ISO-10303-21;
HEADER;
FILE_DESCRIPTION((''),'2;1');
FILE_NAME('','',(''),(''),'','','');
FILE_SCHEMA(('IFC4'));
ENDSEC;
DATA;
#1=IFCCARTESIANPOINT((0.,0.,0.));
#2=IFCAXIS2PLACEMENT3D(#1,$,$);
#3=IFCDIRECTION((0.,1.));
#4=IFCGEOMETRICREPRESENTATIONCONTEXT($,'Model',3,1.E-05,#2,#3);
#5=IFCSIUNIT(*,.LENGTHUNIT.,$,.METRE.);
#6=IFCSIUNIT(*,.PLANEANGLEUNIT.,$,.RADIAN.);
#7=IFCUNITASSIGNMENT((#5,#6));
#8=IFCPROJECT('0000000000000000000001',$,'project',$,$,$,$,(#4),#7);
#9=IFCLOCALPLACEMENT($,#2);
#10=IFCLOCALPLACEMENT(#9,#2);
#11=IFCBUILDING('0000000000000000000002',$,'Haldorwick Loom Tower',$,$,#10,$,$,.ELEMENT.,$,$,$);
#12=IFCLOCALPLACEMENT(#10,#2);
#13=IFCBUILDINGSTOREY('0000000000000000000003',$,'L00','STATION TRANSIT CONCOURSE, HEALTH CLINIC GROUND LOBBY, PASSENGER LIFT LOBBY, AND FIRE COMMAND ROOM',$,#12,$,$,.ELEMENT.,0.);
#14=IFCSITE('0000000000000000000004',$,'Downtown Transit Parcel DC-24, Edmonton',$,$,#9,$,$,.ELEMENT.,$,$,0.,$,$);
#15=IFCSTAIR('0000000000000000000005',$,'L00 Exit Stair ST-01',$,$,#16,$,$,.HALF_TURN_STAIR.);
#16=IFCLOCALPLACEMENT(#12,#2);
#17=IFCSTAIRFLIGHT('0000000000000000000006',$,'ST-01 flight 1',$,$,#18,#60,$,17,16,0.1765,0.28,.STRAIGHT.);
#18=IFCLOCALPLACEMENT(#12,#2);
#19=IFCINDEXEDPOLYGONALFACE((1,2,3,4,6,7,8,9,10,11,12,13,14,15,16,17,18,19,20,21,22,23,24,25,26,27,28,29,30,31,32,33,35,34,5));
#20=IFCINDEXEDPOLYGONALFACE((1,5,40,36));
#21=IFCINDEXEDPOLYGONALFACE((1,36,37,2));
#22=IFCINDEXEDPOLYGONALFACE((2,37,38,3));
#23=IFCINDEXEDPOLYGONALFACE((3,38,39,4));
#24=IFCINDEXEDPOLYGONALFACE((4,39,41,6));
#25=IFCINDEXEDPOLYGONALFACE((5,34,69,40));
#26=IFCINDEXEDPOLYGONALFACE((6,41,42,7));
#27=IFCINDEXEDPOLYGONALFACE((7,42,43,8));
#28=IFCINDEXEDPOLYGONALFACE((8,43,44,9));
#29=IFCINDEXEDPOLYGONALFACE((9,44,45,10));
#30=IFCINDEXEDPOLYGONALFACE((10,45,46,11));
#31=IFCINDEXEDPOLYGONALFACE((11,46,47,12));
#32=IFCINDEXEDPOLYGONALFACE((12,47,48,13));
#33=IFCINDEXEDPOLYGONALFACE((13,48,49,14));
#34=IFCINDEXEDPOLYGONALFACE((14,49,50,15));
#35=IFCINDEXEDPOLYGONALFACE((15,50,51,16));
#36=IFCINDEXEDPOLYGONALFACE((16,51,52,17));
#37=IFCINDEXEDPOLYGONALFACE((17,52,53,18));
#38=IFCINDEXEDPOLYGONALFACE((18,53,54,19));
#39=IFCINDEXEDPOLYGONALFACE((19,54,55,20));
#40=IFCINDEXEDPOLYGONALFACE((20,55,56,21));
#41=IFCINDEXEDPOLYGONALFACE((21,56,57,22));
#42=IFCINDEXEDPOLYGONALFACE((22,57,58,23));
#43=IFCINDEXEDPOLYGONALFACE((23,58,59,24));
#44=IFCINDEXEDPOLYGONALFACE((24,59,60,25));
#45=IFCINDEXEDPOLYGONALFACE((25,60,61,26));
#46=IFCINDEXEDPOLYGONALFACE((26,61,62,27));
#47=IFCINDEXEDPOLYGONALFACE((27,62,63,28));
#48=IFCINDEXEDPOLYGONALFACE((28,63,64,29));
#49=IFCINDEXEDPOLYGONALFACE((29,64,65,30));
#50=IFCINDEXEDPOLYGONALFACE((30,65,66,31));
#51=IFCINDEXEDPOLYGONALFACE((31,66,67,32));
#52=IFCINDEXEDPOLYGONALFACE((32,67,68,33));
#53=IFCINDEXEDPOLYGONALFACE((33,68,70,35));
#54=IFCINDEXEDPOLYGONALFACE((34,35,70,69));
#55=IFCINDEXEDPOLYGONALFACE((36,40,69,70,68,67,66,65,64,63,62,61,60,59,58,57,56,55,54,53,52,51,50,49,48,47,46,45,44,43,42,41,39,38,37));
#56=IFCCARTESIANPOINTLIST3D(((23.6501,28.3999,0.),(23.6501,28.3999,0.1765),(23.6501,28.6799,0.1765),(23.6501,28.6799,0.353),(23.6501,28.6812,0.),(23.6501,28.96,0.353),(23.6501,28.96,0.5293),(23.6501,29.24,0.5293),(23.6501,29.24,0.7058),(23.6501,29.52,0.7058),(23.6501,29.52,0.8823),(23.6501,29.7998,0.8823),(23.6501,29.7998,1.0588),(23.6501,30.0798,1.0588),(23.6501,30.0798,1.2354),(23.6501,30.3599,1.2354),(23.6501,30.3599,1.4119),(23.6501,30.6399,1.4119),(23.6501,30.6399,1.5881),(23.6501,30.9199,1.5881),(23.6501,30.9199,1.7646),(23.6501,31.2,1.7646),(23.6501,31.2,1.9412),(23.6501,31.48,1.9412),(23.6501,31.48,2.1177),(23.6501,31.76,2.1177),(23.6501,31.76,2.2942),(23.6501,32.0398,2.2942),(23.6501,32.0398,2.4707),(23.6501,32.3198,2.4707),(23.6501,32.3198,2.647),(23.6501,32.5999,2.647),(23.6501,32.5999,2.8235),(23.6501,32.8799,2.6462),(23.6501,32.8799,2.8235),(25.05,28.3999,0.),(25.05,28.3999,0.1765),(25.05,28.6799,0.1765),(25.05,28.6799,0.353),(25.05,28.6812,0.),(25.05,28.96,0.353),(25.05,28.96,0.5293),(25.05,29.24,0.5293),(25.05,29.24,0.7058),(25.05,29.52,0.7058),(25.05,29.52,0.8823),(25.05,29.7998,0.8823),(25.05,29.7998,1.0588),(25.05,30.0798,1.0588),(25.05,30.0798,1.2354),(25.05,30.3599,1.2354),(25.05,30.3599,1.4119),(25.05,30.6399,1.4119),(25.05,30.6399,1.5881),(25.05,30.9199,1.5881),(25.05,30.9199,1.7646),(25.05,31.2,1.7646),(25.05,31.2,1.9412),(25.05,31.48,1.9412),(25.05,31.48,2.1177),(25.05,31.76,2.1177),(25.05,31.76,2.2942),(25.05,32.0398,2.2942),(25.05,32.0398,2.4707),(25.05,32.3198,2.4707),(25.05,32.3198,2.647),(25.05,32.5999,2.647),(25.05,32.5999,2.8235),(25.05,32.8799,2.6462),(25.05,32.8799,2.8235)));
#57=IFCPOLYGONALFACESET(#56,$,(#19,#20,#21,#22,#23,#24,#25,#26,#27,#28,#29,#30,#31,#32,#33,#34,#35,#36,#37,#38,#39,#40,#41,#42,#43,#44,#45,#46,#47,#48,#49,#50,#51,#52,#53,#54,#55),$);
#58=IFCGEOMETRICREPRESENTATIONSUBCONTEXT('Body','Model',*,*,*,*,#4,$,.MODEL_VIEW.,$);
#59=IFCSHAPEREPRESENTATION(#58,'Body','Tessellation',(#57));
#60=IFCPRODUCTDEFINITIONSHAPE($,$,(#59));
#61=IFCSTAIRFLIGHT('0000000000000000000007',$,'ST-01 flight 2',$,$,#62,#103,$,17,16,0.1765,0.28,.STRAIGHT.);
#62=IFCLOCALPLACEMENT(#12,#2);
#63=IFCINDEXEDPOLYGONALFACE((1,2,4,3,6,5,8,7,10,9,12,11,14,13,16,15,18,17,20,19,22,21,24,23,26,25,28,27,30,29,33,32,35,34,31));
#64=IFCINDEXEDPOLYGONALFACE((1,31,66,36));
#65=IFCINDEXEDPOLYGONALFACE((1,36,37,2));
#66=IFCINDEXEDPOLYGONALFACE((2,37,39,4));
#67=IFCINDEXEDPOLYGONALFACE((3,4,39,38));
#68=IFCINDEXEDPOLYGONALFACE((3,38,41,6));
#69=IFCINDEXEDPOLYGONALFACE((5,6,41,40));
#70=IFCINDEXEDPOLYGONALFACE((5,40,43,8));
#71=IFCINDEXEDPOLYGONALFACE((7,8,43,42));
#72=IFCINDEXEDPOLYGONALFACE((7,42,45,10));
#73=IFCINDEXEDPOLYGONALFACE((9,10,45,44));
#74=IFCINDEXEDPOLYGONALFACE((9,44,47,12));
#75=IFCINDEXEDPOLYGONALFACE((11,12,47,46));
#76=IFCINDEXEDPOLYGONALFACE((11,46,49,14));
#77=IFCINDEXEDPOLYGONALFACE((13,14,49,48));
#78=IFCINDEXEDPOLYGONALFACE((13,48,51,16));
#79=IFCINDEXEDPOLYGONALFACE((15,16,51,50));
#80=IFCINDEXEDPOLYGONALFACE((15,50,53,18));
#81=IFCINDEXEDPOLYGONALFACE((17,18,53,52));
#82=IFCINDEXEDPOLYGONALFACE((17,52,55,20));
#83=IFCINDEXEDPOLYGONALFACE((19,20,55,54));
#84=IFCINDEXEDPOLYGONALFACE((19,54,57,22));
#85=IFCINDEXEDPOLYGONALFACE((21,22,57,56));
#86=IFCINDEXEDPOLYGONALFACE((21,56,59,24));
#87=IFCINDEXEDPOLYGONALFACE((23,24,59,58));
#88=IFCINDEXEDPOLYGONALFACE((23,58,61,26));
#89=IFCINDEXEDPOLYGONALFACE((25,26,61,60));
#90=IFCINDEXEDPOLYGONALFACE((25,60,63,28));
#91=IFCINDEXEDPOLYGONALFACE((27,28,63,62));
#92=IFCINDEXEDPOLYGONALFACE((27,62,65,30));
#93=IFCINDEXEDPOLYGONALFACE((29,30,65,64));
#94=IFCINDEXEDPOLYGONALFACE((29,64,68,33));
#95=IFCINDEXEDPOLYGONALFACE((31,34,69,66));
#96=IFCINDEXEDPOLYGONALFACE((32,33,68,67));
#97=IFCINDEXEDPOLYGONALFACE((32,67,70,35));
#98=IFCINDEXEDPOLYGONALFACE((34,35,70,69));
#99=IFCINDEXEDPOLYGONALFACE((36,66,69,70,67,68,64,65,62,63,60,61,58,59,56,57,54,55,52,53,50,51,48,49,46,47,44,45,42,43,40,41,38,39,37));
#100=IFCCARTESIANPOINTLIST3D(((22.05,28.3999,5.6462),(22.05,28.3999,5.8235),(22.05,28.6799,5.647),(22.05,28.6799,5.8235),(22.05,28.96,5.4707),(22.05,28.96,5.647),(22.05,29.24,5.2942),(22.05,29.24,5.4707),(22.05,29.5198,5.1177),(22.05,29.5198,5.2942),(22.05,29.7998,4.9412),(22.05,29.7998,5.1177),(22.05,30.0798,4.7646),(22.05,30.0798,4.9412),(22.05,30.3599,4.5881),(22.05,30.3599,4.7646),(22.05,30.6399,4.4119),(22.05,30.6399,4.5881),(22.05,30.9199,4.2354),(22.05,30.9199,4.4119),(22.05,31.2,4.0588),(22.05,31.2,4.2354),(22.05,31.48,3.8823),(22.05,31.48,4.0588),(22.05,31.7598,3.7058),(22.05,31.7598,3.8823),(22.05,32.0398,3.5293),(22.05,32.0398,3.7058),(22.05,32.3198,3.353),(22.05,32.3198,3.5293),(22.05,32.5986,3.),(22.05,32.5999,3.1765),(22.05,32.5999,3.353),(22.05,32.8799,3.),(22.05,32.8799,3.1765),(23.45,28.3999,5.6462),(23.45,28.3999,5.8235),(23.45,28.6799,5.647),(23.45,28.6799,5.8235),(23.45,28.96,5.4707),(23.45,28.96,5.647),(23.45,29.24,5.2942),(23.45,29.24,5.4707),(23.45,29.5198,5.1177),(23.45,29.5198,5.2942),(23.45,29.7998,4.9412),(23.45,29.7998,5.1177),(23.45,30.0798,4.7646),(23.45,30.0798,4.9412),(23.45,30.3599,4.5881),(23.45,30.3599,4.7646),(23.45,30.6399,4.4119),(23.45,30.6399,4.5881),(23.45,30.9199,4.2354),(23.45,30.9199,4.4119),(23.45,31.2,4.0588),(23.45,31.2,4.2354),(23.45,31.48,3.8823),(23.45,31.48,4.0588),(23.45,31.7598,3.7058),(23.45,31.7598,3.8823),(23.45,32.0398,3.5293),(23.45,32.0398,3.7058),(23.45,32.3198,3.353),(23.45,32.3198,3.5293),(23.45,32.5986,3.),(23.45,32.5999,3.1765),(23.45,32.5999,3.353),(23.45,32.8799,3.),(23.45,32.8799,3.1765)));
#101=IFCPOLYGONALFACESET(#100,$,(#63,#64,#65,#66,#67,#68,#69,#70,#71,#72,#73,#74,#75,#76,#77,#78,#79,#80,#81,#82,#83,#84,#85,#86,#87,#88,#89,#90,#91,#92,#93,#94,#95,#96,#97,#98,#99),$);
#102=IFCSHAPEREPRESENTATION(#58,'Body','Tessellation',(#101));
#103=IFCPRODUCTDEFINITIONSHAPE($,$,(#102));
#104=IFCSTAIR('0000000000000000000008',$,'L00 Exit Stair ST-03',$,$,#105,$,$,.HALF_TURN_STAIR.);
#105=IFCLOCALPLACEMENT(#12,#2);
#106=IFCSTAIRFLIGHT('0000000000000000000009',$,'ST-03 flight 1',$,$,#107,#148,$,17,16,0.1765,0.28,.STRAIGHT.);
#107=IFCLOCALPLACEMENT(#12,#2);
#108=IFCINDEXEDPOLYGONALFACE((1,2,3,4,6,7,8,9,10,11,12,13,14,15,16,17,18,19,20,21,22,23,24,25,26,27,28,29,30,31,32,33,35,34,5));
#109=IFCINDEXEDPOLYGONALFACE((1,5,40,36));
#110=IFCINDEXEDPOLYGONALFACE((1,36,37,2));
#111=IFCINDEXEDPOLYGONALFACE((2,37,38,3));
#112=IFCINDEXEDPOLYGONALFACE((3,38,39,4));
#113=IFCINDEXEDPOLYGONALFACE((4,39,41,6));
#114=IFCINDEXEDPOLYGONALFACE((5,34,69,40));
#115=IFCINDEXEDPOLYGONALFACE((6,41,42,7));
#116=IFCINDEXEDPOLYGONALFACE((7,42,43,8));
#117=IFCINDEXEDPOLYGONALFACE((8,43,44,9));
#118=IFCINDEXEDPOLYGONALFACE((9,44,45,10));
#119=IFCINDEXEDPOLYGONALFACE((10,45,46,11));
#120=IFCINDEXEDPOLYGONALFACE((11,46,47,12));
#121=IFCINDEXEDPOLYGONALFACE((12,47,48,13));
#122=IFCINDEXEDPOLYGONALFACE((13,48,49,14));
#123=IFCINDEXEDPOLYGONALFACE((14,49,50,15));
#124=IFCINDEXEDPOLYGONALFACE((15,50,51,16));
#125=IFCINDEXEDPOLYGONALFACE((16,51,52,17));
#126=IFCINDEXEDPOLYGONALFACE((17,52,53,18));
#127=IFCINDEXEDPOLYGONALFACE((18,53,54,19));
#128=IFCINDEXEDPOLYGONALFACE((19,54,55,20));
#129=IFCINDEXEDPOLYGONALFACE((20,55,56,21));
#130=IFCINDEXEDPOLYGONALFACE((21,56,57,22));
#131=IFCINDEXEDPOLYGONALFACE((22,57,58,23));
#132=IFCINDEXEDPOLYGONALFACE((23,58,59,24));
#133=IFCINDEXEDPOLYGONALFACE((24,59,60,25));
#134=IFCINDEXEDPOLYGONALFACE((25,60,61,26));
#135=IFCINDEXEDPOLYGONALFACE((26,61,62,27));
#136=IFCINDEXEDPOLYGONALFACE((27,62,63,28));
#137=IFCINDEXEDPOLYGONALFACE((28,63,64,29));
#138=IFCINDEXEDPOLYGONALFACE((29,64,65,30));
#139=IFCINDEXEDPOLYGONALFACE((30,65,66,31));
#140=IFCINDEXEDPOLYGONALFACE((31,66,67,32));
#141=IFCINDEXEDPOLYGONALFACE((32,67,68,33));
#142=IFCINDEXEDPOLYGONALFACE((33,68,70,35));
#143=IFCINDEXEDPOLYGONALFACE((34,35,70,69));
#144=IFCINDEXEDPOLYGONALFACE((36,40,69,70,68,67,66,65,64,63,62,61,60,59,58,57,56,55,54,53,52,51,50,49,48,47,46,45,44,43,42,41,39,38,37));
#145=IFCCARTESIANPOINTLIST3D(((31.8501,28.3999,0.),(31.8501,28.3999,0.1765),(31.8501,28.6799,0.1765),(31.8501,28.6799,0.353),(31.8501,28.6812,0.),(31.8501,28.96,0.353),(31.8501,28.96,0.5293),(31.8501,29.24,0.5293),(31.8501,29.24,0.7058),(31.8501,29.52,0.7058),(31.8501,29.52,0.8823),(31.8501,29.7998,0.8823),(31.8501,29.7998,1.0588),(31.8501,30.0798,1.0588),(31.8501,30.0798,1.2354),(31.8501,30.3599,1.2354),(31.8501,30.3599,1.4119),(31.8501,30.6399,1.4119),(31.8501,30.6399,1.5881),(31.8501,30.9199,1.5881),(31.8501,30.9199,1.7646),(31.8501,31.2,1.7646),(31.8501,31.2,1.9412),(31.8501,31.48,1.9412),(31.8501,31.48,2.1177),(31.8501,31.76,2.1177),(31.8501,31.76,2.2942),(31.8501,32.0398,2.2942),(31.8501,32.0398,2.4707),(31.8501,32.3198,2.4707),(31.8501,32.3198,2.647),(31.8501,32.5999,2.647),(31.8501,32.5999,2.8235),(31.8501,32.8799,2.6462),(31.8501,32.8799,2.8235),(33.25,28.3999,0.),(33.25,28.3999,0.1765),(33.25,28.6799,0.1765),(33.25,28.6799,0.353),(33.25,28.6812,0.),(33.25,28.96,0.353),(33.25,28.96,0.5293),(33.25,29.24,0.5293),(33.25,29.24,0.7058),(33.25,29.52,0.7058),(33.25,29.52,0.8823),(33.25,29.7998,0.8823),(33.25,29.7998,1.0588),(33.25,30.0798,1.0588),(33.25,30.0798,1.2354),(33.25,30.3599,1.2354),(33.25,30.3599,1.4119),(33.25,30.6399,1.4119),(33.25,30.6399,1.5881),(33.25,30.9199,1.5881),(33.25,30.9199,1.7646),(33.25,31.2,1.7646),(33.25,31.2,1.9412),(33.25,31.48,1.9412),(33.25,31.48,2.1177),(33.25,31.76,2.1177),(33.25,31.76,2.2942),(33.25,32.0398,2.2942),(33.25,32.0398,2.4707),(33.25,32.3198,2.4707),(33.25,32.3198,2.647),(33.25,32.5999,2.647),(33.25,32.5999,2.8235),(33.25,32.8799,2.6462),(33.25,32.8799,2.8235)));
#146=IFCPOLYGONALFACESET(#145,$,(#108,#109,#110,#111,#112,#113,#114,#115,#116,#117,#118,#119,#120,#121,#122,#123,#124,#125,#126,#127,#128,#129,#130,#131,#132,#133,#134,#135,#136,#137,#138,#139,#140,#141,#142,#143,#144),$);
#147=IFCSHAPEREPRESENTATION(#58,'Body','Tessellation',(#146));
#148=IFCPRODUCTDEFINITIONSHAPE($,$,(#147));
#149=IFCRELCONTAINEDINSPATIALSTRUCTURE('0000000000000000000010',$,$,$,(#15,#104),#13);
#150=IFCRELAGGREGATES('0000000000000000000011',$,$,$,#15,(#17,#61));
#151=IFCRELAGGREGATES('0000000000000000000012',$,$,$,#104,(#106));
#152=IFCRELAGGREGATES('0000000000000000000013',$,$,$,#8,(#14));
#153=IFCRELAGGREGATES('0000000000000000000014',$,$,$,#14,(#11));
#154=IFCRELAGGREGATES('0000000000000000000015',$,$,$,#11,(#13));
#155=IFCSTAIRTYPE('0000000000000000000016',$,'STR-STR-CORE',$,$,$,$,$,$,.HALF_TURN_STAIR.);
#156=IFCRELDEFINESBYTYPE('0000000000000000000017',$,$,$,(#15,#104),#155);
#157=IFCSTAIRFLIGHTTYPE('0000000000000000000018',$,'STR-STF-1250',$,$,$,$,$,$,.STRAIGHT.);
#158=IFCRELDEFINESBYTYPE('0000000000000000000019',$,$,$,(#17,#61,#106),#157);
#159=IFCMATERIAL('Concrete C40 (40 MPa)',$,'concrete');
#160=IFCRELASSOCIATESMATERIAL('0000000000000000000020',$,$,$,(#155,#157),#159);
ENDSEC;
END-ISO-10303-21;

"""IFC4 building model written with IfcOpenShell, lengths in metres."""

from ifc_helpers import new_model, si_unit, direction, frame, origin, place, context, subcontext, project, spatial, polyline, outline, extrude, material, type_object, element, aggregate, save


model = new_model("IFC4")

# Units and contexts
model_context = context("Model", 3, precision=1e-05, world=origin(), true_north=direction((0.0, 1.0)))
body_context = subcontext(model_context, "Body", "Model", "MODEL_VIEW")
ifc_project = project(units=[si_unit("LENGTHUNIT", "METRE"), si_unit("PLANEANGLEUNIT", "RADIAN")], contexts=[model_context])

# Site, building, storey
site_placement = place(None, origin())
site = spatial("IfcSite", under=ifc_project, at=site_placement, Name="Downtown Transit Parcel DC-24, Edmonton", CompositionType="ELEMENT", RefElevation=0.0)
building_placement = place(site_placement, origin())
building = spatial("IfcBuilding", under=site, at=building_placement, Name="Haldorwick Loom Tower", CompositionType="ELEMENT")
storey_placement = place(building_placement, origin())
storey = spatial("IfcBuildingStorey", under=building, at=storey_placement, Name="L00", Description="STATION TRANSIT CONCOURSE, HEALTH CLINIC GROUND LOBBY, PASSENGER LIFT LOBBY, AND FIRE COMMAND ROOM", CompositionType="ELEMENT", Elevation=0.0)

# Stairs, stair flights
ifc_material_1 = material(Name="Concrete C40 (40 MPa)", Category="concrete")
stair_type = type_object("IfcStairType", Name="STR-STR-CORE", PredefinedType="HALF_TURN_STAIR", material=ifc_material_1)
stair_1_placement = place(storey_placement, origin())
stair_1 = element("IfcStair", 1, at=stair_1_placement, inside=storey, type_object=stair_type, Name="L00 Exit Stair ST-01", PredefinedType="HALF_TURN_STAIR")
stair_flight_type = type_object("IfcStairFlightType", Name="STR-STF-1250", PredefinedType="STRAIGHT", material=ifc_material_1)
stair_flight_1_placement = place(storey_placement, frame((24.3501, 28.3999, 0.0), z_axis=(0.0, 0.0, 1.0), x_axis=(0.0, 1.0, 0.0)))
stair_flight_1 = element("IfcStairFlight", 2, at=stair_flight_1_placement, type_object=stair_flight_type, Name="ST-01 flight 1", NumberOfRisers=17, NumberOfTreads=16, PredefinedType="STRAIGHT", RiserHeight=0.1765, TreadLength=0.28, context=body_context, shape_type="SweptSolid", body=[
    extrude(outline(polyline([(0.0, 0.0), (0.0, 0.1765), (0.28, 0.1765), (0.28, 0.353), (0.5601, 0.353), (0.5601, 0.5293), (0.8401, 0.5293), (0.8401, 0.7058), (1.1201, 0.7058), (1.1201, 0.8823), (1.3999, 0.8823), (1.3999, 1.0588), (1.6799, 1.0588), (1.6799, 1.2354), (1.96, 1.2354), (1.96, 1.4119), (2.24, 1.4119), (2.24, 1.5881), (2.52, 1.5881), (2.52, 1.7646), (2.8, 1.7646), (2.8, 1.9412), (3.0801, 1.9412), (3.0801, 2.1177), (3.3601, 2.1177), (3.3601, 2.2942), (3.6399, 2.2942), (3.6399, 2.4707), (3.9199, 2.4707), (3.9199, 2.647), (4.2, 2.647), (4.2, 2.8235), (4.48, 2.8235), (4.48, 3.0), (4.48, 2.6462), (0.2812, 0.0), (0.0, 0.0)])), frame((0.0, 0.7, 0.0), z_axis=(0.0, -1.0, 0.0), x_axis=(1.0, 0.0, 0.0)), (0.0, 0.0, 1.0), 1.3999),
])
stair_flight_2_placement = place(storey_placement, frame((22.75, 32.8799, 3.0), z_axis=(0.0, 0.0, 1.0), x_axis=(0.0, -1.0, 0.0)))
stair_flight_2 = element("IfcStairFlight", 3, at=stair_flight_2_placement, type_object=stair_flight_type, Name="ST-01 flight 2", NumberOfRisers=17, NumberOfTreads=16, PredefinedType="STRAIGHT", RiserHeight=0.1765, TreadLength=0.28, context=body_context, shape_type="SweptSolid", body=[
    extrude(outline(polyline([(0.0, 0.0), (0.0, 0.1765), (0.28, 0.1765), (0.28, 0.353), (0.5601, 0.353), (0.5601, 0.5293), (0.8401, 0.5293), (0.8401, 0.7058), (1.1201, 0.7058), (1.1201, 0.8823), (1.3999, 0.8823), (1.3999, 1.0588), (1.6799, 1.0588), (1.6799, 1.2354), (1.96, 1.2354), (1.96, 1.4119), (2.24, 1.4119), (2.24, 1.5881), (2.52, 1.5881), (2.52, 1.7646), (2.8, 1.7646), (2.8, 1.9412), (3.0801, 1.9412), (3.0801, 2.1177), (3.3601, 2.1177), (3.3601, 2.2942), (3.6399, 2.2942), (3.6399, 2.4707), (3.9199, 2.4707), (3.9199, 2.647), (4.2, 2.647), (4.2, 2.8235), (4.48, 2.8235), (4.48, 3.0), (4.48, 2.6462), (0.2812, 0.0), (0.0, 0.0)])), frame((0.0, 0.7, 0.0), z_axis=(0.0, -1.0, 0.0), x_axis=(1.0, 0.0, 0.0)), (0.0, 0.0, 1.0), 1.3999),
])
aggregate(stair_1, [stair_flight_1, stair_flight_2])
stair_2_placement = place(storey_placement, origin())
stair_2 = element("IfcStair", 4, at=stair_2_placement, inside=storey, type_object=stair_type, Name="L00 Exit Stair ST-03", PredefinedType="HALF_TURN_STAIR")
stair_flight_3_placement = place(storey_placement, frame((32.55, 28.3999, 0.0), z_axis=(0.0, 0.0, 1.0), x_axis=(0.0, 1.0, 0.0)))
stair_flight_3 = element("IfcStairFlight", 5, at=stair_flight_3_placement, type_object=stair_flight_type, Name="ST-03 flight 1", NumberOfRisers=17, NumberOfTreads=16, PredefinedType="STRAIGHT", RiserHeight=0.1765, TreadLength=0.28, context=body_context, shape_type="SweptSolid", body=[
    extrude(outline(polyline([(0.0, 0.0), (0.0, 0.1765), (0.28, 0.1765), (0.28, 0.353), (0.5601, 0.353), (0.5601, 0.5293), (0.8401, 0.5293), (0.8401, 0.7058), (1.1201, 0.7058), (1.1201, 0.8823), (1.3999, 0.8823), (1.3999, 1.0588), (1.6799, 1.0588), (1.6799, 1.2354), (1.96, 1.2354), (1.96, 1.4119), (2.24, 1.4119), (2.24, 1.5881), (2.52, 1.5881), (2.52, 1.7646), (2.8, 1.7646), (2.8, 1.9412), (3.0801, 1.9412), (3.0801, 2.1177), (3.3601, 2.1177), (3.3601, 2.2942), (3.6399, 2.2942), (3.6399, 2.4707), (3.9199, 2.4707), (3.9199, 2.647), (4.2, 2.647), (4.2, 2.8235), (4.48, 2.8235), (4.48, 3.0), (4.48, 2.6462), (0.2812, 0.0), (0.0, 0.0)])), frame((0.0, 0.7, 0.0), z_axis=(0.0, -1.0, 0.0), x_axis=(1.0, 0.0, 0.0)), (0.0, 0.0, 1.0), 1.3999),
])
aggregate(stair_2, [stair_flight_3])

save(model, "model.ifc")
